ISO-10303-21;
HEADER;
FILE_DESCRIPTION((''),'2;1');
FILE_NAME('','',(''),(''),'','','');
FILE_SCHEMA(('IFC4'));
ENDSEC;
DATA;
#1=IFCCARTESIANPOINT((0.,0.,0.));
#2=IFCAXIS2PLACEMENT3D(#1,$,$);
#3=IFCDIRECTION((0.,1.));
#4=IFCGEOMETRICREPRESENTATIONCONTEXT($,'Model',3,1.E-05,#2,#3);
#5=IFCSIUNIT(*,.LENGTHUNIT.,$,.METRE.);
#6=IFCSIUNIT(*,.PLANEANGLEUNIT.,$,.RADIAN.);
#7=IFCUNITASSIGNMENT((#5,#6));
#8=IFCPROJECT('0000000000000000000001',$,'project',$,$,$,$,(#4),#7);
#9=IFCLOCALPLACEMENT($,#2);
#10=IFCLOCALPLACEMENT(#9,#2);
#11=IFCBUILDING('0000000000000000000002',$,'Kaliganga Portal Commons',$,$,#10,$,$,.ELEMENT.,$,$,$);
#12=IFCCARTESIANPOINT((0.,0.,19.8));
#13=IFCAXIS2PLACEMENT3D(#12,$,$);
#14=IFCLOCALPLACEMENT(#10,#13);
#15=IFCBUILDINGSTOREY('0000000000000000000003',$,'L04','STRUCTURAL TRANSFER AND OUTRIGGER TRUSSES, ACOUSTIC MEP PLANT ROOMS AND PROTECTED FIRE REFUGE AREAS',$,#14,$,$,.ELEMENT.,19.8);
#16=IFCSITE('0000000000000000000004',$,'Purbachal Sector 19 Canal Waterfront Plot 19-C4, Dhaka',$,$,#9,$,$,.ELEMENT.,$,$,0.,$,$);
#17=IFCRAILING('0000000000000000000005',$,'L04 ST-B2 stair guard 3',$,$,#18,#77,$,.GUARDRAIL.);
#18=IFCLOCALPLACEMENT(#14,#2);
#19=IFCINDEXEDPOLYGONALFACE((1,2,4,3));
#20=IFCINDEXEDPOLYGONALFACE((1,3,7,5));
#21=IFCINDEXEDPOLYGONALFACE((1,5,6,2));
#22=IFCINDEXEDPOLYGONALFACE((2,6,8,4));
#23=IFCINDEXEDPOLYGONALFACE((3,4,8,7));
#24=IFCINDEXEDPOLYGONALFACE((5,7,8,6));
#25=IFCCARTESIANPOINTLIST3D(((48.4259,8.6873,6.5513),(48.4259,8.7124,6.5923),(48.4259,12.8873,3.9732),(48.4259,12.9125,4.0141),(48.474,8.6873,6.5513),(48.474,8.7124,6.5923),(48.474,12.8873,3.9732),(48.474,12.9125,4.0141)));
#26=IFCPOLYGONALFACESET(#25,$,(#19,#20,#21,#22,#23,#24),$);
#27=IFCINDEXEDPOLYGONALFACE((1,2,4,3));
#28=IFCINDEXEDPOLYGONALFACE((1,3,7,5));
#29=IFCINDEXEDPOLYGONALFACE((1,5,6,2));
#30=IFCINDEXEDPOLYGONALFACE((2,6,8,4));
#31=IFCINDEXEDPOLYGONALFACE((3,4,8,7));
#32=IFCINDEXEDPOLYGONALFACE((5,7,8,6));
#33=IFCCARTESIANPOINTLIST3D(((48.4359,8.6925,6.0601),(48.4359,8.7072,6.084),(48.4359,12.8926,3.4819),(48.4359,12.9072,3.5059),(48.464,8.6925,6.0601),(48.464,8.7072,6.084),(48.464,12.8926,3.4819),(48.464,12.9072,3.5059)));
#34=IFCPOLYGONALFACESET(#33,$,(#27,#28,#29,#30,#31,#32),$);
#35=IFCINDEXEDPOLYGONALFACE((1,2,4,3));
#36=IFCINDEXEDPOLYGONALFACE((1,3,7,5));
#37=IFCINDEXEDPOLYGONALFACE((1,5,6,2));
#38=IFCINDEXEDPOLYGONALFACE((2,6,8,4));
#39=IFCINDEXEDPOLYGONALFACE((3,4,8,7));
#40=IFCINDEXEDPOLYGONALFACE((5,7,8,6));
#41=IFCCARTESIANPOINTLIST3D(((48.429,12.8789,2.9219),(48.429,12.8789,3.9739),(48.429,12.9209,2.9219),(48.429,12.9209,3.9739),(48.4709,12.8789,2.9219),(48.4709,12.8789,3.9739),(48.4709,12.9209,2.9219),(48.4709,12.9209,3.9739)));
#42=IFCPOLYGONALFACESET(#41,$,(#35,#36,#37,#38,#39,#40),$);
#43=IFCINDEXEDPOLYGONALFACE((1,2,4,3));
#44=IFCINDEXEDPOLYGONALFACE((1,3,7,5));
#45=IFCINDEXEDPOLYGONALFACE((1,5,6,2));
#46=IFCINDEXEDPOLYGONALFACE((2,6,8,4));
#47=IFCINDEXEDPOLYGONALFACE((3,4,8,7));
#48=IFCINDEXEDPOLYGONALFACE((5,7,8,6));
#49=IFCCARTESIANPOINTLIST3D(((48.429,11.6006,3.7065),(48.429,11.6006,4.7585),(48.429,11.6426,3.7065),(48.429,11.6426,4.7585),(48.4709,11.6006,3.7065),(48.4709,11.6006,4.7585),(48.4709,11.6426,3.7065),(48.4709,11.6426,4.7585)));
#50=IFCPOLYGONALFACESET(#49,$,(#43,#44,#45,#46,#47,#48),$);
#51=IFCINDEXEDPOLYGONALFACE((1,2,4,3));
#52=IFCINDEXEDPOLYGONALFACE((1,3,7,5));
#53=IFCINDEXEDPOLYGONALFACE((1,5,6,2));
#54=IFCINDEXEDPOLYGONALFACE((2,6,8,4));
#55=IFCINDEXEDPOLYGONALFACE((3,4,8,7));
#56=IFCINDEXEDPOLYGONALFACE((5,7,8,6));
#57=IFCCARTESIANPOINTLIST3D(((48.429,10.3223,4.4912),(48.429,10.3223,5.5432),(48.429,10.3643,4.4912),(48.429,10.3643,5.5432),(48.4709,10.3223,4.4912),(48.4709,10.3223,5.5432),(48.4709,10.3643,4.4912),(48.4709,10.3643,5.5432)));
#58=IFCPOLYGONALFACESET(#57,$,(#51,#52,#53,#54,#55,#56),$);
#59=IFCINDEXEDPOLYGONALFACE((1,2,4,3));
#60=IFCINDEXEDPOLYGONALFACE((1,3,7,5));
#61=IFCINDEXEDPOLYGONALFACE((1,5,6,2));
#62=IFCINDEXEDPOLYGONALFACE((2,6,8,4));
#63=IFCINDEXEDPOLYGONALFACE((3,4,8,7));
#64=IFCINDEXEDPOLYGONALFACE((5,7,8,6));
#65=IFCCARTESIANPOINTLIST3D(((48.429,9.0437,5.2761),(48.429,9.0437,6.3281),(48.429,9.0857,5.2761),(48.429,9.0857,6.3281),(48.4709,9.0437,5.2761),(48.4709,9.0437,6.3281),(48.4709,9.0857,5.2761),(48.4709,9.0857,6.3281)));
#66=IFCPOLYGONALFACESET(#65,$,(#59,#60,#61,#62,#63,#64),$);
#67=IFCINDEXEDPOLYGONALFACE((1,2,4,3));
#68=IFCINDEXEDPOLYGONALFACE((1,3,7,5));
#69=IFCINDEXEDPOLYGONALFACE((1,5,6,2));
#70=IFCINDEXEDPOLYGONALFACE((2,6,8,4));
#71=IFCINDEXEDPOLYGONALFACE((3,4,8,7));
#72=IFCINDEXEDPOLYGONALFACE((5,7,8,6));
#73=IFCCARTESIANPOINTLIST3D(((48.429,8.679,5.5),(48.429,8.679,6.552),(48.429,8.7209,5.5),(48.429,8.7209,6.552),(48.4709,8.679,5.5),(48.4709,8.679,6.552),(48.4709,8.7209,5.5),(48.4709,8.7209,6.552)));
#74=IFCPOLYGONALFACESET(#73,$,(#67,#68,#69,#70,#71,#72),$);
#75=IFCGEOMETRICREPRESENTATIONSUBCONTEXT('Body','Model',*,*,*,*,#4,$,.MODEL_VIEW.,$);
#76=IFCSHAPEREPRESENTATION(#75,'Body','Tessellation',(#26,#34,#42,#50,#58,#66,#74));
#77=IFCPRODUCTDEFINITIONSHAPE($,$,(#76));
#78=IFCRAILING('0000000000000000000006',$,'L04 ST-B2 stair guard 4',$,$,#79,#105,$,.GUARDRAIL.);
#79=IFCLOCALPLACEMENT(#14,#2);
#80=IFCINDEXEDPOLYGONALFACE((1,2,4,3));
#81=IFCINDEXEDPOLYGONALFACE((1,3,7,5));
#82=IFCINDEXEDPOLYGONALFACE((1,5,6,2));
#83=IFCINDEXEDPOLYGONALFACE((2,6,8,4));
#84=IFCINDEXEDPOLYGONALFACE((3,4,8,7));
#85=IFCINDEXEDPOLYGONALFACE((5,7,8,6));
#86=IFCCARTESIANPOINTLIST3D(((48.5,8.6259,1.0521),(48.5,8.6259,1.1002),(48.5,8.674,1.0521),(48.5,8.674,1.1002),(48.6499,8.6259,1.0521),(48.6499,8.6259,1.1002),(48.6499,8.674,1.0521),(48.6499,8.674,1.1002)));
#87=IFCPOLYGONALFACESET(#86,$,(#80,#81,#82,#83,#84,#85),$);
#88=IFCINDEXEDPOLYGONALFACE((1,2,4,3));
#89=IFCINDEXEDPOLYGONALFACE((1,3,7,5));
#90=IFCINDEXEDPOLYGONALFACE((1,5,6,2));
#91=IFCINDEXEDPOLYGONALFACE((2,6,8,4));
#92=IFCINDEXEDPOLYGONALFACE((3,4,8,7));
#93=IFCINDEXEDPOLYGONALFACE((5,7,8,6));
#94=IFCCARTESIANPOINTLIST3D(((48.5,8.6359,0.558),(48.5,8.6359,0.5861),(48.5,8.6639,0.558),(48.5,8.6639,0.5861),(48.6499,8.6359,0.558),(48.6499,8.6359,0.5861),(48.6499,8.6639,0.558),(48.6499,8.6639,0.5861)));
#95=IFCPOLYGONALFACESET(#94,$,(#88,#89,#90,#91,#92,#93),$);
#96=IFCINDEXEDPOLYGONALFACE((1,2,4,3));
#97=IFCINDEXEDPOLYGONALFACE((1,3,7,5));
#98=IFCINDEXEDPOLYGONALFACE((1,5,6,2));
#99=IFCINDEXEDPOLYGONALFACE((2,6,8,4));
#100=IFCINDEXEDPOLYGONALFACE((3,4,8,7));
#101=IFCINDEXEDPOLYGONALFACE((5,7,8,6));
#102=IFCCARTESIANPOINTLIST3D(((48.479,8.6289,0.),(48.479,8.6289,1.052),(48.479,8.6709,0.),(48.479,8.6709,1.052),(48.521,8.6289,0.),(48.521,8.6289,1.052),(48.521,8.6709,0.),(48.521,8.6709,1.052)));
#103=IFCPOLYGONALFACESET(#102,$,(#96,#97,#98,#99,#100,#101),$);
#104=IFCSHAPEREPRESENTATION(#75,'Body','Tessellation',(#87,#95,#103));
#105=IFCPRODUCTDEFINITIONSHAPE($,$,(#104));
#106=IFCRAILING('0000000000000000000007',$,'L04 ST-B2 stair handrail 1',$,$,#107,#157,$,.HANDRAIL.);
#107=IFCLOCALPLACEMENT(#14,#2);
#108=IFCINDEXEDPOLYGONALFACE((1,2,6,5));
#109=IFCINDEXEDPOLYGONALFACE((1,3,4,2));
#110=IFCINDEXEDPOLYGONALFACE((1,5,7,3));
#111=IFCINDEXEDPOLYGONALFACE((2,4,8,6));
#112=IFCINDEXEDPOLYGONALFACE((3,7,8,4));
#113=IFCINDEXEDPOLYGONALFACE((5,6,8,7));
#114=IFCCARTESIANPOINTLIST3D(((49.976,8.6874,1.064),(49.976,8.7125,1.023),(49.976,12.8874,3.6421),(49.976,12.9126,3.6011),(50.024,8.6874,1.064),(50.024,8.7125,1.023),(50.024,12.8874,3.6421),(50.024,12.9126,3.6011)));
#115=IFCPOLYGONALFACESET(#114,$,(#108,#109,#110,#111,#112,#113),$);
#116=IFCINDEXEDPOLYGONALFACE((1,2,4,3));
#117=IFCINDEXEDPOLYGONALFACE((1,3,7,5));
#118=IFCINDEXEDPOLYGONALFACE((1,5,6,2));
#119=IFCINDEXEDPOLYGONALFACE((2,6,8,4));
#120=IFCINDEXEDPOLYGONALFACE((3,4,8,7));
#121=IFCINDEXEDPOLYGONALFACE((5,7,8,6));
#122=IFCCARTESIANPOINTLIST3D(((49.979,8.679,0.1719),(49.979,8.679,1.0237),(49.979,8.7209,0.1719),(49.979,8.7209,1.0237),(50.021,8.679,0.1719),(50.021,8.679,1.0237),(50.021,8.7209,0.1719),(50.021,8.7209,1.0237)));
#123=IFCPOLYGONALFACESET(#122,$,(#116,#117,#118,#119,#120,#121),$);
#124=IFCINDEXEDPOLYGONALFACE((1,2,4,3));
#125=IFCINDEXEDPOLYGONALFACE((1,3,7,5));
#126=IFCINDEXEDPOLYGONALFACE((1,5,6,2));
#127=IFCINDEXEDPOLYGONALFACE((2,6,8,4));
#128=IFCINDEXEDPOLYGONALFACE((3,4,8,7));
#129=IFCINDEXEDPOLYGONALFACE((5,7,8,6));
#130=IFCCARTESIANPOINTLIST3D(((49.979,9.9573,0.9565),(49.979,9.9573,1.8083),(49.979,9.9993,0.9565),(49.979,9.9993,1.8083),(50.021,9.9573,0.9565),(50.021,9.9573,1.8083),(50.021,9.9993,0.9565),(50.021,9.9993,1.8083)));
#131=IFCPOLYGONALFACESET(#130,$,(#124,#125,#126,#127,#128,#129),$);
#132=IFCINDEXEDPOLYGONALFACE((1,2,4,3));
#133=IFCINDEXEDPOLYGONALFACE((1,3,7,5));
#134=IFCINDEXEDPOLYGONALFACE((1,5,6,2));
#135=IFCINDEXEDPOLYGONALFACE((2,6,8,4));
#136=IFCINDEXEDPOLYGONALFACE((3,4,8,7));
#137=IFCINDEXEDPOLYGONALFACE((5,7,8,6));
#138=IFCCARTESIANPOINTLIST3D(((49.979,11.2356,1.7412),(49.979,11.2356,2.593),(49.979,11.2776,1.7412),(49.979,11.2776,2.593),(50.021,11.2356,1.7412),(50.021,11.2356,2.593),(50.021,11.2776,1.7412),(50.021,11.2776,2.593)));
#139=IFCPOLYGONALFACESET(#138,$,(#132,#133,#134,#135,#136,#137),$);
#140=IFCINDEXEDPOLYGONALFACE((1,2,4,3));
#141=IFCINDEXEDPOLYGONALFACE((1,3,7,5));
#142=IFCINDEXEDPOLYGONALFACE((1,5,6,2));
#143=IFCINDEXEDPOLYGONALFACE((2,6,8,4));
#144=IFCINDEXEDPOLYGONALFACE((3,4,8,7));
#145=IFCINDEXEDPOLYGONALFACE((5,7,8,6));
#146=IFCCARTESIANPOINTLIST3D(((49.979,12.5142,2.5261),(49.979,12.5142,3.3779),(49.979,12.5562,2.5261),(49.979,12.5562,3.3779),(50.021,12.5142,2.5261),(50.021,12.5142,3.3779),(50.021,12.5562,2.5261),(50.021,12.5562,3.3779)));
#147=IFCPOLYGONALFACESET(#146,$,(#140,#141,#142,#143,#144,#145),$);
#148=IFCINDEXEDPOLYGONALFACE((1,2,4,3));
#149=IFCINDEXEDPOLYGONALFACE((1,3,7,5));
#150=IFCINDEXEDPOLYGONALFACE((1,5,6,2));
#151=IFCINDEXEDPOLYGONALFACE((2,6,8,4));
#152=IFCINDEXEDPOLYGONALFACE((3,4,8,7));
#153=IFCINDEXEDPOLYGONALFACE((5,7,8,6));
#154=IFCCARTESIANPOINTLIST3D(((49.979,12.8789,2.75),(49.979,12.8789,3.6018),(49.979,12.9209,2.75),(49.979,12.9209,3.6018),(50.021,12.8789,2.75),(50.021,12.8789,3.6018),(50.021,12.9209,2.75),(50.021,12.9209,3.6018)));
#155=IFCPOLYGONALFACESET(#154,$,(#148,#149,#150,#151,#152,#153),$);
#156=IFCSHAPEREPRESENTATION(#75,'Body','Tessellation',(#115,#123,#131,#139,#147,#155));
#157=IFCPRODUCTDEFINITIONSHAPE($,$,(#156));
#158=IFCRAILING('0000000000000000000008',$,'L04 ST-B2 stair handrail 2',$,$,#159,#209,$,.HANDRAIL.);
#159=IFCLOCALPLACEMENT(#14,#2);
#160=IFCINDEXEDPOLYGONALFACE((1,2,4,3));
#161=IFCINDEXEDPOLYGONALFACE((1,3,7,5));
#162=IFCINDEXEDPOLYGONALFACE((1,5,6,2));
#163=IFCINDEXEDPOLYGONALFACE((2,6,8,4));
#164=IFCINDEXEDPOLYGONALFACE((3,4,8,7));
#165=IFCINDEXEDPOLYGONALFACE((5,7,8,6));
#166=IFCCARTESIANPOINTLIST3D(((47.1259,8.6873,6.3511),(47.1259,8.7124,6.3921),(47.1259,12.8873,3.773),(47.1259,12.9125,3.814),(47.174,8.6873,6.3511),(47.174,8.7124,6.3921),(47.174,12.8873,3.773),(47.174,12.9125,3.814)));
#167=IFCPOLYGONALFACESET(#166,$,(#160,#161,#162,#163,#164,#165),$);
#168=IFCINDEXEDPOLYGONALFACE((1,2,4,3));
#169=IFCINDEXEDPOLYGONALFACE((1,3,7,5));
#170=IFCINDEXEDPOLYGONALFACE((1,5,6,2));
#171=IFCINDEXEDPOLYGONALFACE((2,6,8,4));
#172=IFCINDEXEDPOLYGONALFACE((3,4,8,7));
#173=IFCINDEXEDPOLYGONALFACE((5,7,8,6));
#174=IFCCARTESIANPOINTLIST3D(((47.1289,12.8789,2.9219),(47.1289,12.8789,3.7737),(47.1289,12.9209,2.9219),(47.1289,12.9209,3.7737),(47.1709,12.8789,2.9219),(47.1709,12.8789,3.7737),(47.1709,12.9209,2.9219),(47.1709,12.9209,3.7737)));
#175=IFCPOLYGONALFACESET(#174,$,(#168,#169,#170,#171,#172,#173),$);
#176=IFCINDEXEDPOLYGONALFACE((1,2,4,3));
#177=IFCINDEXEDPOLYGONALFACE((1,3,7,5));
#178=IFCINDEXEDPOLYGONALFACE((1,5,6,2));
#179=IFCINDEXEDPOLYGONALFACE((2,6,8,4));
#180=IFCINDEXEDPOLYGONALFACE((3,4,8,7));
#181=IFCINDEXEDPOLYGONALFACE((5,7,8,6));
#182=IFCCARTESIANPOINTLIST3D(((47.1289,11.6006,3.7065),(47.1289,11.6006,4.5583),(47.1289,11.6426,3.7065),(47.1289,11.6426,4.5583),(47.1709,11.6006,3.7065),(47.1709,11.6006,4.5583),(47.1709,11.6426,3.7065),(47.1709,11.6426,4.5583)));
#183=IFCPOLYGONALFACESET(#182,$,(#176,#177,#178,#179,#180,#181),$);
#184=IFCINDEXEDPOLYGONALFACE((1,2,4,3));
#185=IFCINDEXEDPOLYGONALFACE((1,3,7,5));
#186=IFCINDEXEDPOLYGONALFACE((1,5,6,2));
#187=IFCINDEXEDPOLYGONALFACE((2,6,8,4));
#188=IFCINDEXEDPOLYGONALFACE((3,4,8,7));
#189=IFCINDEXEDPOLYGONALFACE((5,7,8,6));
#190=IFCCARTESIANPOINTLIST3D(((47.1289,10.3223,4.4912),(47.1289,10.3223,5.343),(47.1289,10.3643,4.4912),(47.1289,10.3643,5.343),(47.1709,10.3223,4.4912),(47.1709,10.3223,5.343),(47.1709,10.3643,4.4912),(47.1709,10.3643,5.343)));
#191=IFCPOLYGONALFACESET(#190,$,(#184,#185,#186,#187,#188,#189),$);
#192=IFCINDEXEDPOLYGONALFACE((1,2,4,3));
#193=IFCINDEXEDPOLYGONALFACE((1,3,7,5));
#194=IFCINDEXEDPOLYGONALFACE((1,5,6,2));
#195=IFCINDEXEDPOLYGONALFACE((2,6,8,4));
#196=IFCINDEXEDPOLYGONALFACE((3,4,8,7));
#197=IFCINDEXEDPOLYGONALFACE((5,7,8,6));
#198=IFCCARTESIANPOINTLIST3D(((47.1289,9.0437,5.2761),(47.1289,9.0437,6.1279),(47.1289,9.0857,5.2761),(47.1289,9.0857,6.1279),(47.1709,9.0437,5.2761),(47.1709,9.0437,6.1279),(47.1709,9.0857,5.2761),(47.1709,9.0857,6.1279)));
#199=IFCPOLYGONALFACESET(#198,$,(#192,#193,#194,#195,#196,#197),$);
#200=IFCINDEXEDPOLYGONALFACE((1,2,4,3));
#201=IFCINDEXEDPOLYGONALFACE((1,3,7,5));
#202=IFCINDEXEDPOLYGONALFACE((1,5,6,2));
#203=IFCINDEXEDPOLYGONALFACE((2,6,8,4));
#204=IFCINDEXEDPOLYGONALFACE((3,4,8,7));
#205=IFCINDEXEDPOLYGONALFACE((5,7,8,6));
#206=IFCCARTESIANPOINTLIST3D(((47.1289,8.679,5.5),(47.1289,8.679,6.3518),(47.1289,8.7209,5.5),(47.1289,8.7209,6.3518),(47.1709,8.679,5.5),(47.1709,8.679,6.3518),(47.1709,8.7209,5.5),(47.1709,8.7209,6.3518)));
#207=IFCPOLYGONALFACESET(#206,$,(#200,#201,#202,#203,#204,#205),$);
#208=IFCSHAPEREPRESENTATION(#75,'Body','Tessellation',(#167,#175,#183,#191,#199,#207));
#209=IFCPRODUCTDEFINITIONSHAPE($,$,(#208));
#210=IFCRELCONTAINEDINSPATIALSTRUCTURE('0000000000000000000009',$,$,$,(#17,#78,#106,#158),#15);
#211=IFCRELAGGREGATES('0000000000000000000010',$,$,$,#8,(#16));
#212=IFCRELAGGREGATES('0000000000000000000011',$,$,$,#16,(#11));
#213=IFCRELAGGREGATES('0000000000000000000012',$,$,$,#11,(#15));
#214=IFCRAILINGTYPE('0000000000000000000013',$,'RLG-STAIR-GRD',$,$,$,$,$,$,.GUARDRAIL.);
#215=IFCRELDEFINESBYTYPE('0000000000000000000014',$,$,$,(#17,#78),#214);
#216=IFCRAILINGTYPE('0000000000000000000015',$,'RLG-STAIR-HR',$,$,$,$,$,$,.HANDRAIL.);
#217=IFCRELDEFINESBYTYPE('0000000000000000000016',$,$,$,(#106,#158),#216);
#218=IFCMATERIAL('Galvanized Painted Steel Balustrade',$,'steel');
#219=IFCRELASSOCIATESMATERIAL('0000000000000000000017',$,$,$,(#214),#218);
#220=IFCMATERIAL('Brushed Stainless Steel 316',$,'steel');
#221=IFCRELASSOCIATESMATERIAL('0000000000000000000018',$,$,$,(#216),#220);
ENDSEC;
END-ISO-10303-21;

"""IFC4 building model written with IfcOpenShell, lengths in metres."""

from ifc_helpers import new_model, si_unit, direction, frame, origin, origin_2d, place, context, subcontext, project, spatial, rectangle, extrude, material, type_object, element, save


model = new_model("IFC4")

# Units and contexts
model_context = context("Model", 3, precision=1e-05, world=origin(), true_north=direction((0.0, 1.0)))
body_context = subcontext(model_context, "Body", "Model", "MODEL_VIEW")
ifc_project = project(units=[si_unit("LENGTHUNIT", "METRE"), si_unit("PLANEANGLEUNIT", "RADIAN")], contexts=[model_context])

# Site, building, storey
site_placement = place(None, origin())
site = spatial("IfcSite", under=ifc_project, at=site_placement, Name="Purbachal Sector 19 Canal Waterfront Plot 19-C4, Dhaka", CompositionType="ELEMENT", RefElevation=0.0)
building_placement = place(site_placement, origin())
building = spatial("IfcBuilding", under=site, at=building_placement, Name="Kaliganga Portal Commons", CompositionType="ELEMENT")
storey_placement = place(building_placement, frame((0.0, 0.0, 19.8)))
storey = spatial("IfcBuildingStorey", under=building, at=storey_placement, Name="L04", Description="STRUCTURAL TRANSFER AND OUTRIGGER TRUSSES, ACOUSTIC MEP PLANT ROOMS AND PROTECTED FIRE REFUGE AREAS", CompositionType="ELEMENT", Elevation=19.8)

# Railings
ifc_material_1 = material(Name="Galvanized Painted Steel Balustrade", Category="steel")
railing_type_1 = type_object("IfcRailingType", Name="RLG-STAIR-GRD", PredefinedType="GUARDRAIL", material=ifc_material_1)
railing_1_placement = place(storey_placement, frame((48.45, 12.8999, 2.9219)))
element("IfcRailing", 1, at=railing_1_placement, inside=storey, type_object=railing_type_1, Name="L04 ST-B2 stair guard 3", PredefinedType="GUARDRAIL", context=body_context, shape_type="SweptSolid", body=[
    extrude(rectangle(XDim=0.0481, YDim=0.0481, at=origin_2d()), frame((0.0, 0.0, 1.0718), z_axis=(0.0, -0.852243, 0.523146), x_axis=(1.0, 0.0, 0.0)), (0.0, 0.0, 1.0), 4.9282),
    extrude(rectangle(XDim=0.0281, YDim=0.0281, at=origin_2d()), frame((0.0, 0.0, 0.572), z_axis=(0.0, -0.852243, 0.523146), x_axis=(1.0, 0.0, 0.0)), (0.0, 0.0, 1.0), 4.9282),
    extrude(rectangle(XDim=0.042, YDim=0.042, at=origin_2d()), origin(), (0.0, 0.0, 1.0), 1.052),
    extrude(rectangle(XDim=0.042, YDim=0.042, at=origin_2d()), frame((0.0, -1.2783, 0.7847)), (0.0, 0.0, 1.0), 1.052),
    extrude(rectangle(XDim=0.042, YDim=0.042, at=origin_2d()), frame((0.0, -2.5566, 1.5693)), (0.0, 0.0, 1.0), 1.052),
    extrude(rectangle(XDim=0.042, YDim=0.042, at=origin_2d()), frame((0.0, -3.8352, 2.3542)), (0.0, 0.0, 1.0), 1.052),
    extrude(rectangle(XDim=0.042, YDim=0.042, at=origin_2d()), frame((0.0, -4.2, 2.5781)), (0.0, 0.0, 1.0), 1.052),
])
railing_2_placement = place(storey_placement, frame((48.6499, 8.6499, 0.0)))
element("IfcRailing", 2, at=railing_2_placement, inside=storey, type_object=railing_type_1, Name="L04 ST-B2 stair guard 4", PredefinedType="GUARDRAIL", context=body_context, shape_type="SweptSolid", body=[
    extrude(rectangle(XDim=0.0481, YDim=0.0481, at=origin_2d()), frame((0.0, 0.0, 1.0762), z_axis=(-1.0, 0.0, 0.0), x_axis=(0.0, -1.0, 0.0)), (0.0, 0.0, 1.0), 0.1499),
    extrude(rectangle(XDim=0.0281, YDim=0.0281, at=origin_2d()), frame((0.0, 0.0, 0.572), z_axis=(-1.0, 0.0, 0.0), x_axis=(0.0, -1.0, 0.0)), (0.0, 0.0, 1.0), 0.1499),
    extrude(rectangle(XDim=0.042, YDim=0.042, at=origin_2d()), frame((-0.1499, 0.0, 0.0)), (0.0, 0.0, 1.0), 1.052),
])
ifc_material_2 = material(Name="Brushed Stainless Steel 316", Category="steel")
railing_type_2 = type_object("IfcRailingType", Name="RLG-STAIR-HR", PredefinedType="HANDRAIL", material=ifc_material_2)
railing_3_placement = place(storey_placement, frame((50.0, 8.7, 0.1719)))
element("IfcRailing", 3, at=railing_3_placement, inside=storey, type_object=railing_type_2, Name="L04 ST-B2 stair handrail 1", PredefinedType="HANDRAIL", context=body_context, shape_type="SweptSolid", body=[
    extrude(rectangle(XDim=0.0481, YDim=0.0481, at=origin_2d()), frame((0.0, 0.0, 0.8716), z_axis=(0.0, 0.852243, 0.523146), x_axis=(-1.0, 0.0, 0.0)), (0.0, 0.0, 1.0), 4.9282),
    extrude(rectangle(XDim=0.042, YDim=0.042, at=origin_2d()), origin(), (0.0, 0.0, 1.0), 0.8518),
    extrude(rectangle(XDim=0.042, YDim=0.042, at=origin_2d()), frame((0.0, 1.2783, 0.7847)), (0.0, 0.0, 1.0), 0.8518),
    extrude(rectangle(XDim=0.042, YDim=0.042, at=origin_2d()), frame((0.0, 2.5566, 1.5693)), (0.0, 0.0, 1.0), 0.8518),
    extrude(rectangle(XDim=0.042, YDim=0.042, at=origin_2d()), frame((0.0, 3.8352, 2.3542)), (0.0, 0.0, 1.0), 0.8518),
    extrude(rectangle(XDim=0.042, YDim=0.042, at=origin_2d()), frame((0.0, 4.2, 2.5781)), (0.0, 0.0, 1.0), 0.8518),
])
railing_4_placement = place(storey_placement, frame((47.1499, 12.8999, 2.9219)))
element("IfcRailing", 4, at=railing_4_placement, inside=storey, type_object=railing_type_2, Name="L04 ST-B2 stair handrail 2", PredefinedType="HANDRAIL", context=body_context, shape_type="SweptSolid", body=[
    extrude(rectangle(XDim=0.0481, YDim=0.0481, at=origin_2d()), frame((0.0, 0.0, 0.8716), z_axis=(0.0, -0.852243, 0.523146), x_axis=(1.0, 0.0, 0.0)), (0.0, 0.0, 1.0), 4.9282),
    extrude(rectangle(XDim=0.042, YDim=0.042, at=origin_2d()), origin(), (0.0, 0.0, 1.0), 0.8518),
    extrude(rectangle(XDim=0.042, YDim=0.042, at=origin_2d()), frame((0.0, -1.2783, 0.7847)), (0.0, 0.0, 1.0), 0.8518),
    extrude(rectangle(XDim=0.042, YDim=0.042, at=origin_2d()), frame((0.0, -2.5566, 1.5693)), (0.0, 0.0, 1.0), 0.8518),
    extrude(rectangle(XDim=0.042, YDim=0.042, at=origin_2d()), frame((0.0, -3.8352, 2.3542)), (0.0, 0.0, 1.0), 0.8518),
    extrude(rectangle(XDim=0.042, YDim=0.042, at=origin_2d()), frame((0.0, -4.2, 2.5781)), (0.0, 0.0, 1.0), 0.8518),
])

save(model, "model.ifc")
